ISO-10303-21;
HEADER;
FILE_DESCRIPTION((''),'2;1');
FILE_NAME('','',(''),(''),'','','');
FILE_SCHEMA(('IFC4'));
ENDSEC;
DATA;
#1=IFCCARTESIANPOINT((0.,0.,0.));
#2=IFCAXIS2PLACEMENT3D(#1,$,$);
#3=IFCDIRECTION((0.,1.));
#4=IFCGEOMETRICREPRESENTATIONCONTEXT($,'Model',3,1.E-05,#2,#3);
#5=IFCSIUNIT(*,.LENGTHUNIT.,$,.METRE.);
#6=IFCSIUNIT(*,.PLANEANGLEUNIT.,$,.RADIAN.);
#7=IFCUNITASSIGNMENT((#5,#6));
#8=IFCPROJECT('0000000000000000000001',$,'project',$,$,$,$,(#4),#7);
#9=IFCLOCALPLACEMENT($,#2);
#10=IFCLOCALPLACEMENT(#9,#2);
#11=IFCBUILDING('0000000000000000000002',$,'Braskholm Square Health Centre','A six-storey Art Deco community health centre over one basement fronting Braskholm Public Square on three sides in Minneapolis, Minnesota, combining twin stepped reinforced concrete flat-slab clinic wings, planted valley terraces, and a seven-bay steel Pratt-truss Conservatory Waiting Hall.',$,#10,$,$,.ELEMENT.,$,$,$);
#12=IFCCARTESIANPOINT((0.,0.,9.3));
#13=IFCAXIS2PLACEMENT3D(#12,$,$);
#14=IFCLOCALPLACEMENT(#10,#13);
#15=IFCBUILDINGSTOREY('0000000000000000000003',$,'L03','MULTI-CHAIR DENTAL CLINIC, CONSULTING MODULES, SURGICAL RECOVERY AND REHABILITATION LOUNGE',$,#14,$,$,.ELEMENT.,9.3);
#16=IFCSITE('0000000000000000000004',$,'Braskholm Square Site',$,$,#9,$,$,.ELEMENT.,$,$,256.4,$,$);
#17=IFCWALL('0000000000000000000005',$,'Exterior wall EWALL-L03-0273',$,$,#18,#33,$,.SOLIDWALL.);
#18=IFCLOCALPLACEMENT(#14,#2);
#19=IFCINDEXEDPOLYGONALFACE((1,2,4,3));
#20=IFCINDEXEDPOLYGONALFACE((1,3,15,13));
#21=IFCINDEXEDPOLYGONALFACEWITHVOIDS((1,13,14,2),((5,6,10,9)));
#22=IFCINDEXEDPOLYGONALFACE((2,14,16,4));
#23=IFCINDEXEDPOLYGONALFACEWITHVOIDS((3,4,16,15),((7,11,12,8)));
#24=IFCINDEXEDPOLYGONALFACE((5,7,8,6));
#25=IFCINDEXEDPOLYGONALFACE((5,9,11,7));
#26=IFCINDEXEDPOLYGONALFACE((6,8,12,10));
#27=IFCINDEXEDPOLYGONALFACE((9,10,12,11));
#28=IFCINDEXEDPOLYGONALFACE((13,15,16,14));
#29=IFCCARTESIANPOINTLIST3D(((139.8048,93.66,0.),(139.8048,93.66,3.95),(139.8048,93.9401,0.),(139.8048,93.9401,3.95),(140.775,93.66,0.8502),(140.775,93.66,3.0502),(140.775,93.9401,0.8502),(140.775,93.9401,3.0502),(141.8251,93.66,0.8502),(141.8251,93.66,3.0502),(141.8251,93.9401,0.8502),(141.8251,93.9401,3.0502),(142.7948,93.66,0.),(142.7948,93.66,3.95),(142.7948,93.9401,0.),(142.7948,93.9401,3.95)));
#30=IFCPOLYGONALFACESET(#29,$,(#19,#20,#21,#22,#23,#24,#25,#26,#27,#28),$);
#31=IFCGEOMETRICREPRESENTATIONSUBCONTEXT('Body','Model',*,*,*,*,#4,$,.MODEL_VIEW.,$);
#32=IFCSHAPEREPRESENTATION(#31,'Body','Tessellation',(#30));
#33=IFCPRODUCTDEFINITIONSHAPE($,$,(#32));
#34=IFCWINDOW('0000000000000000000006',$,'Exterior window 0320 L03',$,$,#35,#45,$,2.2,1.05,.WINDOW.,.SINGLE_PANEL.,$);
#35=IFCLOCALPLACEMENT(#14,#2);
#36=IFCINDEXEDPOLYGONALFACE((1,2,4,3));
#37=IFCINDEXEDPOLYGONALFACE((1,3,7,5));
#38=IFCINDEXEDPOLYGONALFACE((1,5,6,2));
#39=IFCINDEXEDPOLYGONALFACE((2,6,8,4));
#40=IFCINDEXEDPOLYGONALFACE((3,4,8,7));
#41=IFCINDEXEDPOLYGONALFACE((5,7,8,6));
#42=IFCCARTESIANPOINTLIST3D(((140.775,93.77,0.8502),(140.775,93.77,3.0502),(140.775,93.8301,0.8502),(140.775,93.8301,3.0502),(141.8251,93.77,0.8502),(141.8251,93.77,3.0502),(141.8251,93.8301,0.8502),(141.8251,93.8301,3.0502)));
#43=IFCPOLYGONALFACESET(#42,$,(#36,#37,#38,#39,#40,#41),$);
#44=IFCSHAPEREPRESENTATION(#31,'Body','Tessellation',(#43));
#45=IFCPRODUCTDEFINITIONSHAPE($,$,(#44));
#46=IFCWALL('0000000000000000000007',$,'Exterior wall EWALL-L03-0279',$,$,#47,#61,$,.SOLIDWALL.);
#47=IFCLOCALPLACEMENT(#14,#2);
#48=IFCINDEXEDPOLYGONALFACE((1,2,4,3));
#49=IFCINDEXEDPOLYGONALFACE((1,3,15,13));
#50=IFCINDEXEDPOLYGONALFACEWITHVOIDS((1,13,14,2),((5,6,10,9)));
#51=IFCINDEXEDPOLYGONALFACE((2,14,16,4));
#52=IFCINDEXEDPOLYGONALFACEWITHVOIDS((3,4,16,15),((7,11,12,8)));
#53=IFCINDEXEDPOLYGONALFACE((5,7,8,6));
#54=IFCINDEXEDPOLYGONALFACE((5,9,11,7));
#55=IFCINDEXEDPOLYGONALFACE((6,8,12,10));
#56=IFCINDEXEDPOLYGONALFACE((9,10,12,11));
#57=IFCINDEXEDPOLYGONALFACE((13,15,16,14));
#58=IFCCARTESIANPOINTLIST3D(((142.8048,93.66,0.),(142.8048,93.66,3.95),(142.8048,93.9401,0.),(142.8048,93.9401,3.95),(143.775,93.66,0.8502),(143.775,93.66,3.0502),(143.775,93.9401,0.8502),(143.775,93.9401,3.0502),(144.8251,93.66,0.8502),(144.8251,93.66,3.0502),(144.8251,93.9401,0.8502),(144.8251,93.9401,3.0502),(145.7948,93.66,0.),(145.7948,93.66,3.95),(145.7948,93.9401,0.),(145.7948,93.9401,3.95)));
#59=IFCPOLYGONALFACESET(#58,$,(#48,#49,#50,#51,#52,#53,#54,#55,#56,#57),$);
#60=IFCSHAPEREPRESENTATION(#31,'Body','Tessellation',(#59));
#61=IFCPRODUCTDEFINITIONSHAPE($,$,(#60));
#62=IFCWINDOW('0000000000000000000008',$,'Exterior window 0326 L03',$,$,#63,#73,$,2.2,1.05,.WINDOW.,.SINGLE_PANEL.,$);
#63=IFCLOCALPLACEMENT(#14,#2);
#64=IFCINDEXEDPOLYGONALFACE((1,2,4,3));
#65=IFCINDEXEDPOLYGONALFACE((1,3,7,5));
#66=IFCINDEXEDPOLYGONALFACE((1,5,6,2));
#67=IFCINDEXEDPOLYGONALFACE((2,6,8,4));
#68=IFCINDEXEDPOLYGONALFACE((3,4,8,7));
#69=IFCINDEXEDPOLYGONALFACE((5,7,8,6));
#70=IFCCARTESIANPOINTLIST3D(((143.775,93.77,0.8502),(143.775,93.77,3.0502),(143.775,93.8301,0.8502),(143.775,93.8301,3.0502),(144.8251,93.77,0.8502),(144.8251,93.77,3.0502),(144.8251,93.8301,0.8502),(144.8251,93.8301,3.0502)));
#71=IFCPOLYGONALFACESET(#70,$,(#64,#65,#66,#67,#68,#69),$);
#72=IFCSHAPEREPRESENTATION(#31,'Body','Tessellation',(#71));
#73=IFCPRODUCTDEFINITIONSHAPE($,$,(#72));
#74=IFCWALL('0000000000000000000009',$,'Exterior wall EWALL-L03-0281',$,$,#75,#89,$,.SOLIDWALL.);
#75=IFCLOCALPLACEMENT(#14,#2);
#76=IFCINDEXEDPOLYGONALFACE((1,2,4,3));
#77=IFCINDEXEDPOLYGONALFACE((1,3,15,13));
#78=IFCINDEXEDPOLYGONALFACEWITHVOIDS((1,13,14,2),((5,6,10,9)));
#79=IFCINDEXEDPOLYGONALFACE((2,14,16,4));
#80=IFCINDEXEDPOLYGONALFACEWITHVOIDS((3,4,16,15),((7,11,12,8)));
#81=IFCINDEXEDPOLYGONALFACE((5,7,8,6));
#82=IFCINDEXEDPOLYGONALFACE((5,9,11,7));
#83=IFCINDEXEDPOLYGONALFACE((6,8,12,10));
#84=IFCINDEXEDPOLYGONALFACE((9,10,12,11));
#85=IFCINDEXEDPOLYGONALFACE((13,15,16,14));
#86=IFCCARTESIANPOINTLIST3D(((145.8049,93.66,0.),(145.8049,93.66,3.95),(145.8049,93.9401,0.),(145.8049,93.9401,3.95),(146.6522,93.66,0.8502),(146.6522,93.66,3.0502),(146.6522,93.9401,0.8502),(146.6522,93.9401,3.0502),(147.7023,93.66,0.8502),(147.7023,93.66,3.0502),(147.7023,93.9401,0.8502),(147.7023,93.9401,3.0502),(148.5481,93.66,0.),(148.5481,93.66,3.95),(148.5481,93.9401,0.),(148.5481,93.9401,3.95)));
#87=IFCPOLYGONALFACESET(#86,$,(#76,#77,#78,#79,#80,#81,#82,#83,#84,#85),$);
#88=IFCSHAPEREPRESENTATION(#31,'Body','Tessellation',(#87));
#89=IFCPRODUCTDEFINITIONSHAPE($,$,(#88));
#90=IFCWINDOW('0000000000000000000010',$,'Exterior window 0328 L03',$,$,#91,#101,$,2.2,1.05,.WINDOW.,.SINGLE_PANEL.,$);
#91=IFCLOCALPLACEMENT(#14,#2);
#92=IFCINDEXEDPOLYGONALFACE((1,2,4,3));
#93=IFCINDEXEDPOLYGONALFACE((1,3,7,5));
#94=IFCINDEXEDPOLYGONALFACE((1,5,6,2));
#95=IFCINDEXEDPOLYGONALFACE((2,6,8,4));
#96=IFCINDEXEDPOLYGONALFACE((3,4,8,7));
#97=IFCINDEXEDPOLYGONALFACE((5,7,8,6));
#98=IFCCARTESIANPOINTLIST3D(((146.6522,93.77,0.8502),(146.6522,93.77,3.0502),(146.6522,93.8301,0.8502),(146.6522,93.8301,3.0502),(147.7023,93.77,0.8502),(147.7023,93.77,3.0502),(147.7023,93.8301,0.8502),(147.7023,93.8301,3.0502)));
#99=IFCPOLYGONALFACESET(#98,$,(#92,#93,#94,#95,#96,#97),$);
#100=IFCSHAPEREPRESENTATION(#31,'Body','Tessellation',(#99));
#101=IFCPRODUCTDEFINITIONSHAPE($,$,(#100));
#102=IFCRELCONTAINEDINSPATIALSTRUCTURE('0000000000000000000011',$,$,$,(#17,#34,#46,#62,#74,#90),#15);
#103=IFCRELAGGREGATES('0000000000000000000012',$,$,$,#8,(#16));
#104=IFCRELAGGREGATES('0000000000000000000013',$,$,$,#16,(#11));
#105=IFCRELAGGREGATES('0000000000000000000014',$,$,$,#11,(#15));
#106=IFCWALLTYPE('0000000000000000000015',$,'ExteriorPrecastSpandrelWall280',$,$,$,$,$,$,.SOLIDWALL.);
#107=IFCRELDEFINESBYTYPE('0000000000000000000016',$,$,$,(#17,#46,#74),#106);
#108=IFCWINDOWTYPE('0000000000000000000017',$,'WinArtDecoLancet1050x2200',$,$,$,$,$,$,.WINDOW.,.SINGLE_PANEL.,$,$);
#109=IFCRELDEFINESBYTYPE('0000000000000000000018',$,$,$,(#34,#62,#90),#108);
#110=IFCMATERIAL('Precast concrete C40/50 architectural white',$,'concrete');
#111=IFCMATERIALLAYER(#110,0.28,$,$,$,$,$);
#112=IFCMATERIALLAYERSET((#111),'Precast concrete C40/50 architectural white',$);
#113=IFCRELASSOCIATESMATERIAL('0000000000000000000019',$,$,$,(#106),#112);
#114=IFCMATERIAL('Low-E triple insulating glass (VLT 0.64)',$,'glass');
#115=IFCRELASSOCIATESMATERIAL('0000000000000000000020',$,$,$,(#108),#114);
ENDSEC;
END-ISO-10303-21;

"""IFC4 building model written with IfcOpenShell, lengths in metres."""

from ifc_helpers import new_model, si_unit, direction, frame, frame_2d, origin, origin_with_axes, place, context, subcontext, project, spatial, rectangle, extrude, material, layer, layer_set, type_object, element, fill, save


model = new_model("IFC4")

# Units and contexts
model_context = context("Model", 3, precision=1e-05, world=origin(), true_north=direction((0.0, 1.0)))
body_context = subcontext(model_context, "Body", "Model", "MODEL_VIEW")
ifc_project = project(units=[si_unit("LENGTHUNIT", "METRE"), si_unit("PLANEANGLEUNIT", "RADIAN")], contexts=[model_context])

# Site, building, storey
site_placement = place(None, origin())
site = spatial("IfcSite", under=ifc_project, at=site_placement, Name="Braskholm Square Site", CompositionType="ELEMENT", RefElevation=256.4)
building_placement = place(site_placement, origin())
building = spatial("IfcBuilding", under=site, at=building_placement, Name="Braskholm Square Health Centre", Description="A six-storey Art Deco community health centre over one basement fronting Braskholm Public Square on three sides in Minneapolis, Minnesota, combining twin stepped reinforced concrete flat-slab clinic wings, planted valley terraces, and a seven-bay steel Pratt-truss Conservatory Waiting Hall.", CompositionType="ELEMENT")
storey_placement = place(building_placement, frame((0.0, 0.0, 9.3)))
storey = spatial("IfcBuildingStorey", under=building, at=storey_placement, Name="L03", Description="MULTI-CHAIR DENTAL CLINIC, CONSULTING MODULES, SURGICAL RECOVERY AND REHABILITATION LOUNGE", CompositionType="ELEMENT", Elevation=9.3)

# Shared definitions
ifc_material_1 = material(Name="Low-E triple insulating glass (VLT 0.64)", Category="glass")

# Shared definitions
ifc_material_2 = material(Name="Precast concrete C40/50 architectural white", Category="concrete")

# Walls, openings, windows
ifc_layer = layer(ifc_material_2, 0.28)
ifc_layer_set = layer_set([ifc_layer], Name="Precast concrete C40/50 architectural white")
wall_type = type_object("IfcWallType", Name="ExteriorPrecastSpandrelWall280", PredefinedType="SOLIDWALL", material=ifc_layer_set)
wall_1_placement = place(storey_placement, frame((142.7949, 93.8, 0.0), z_axis=(0.0, 0.0, 1.0), x_axis=(-1.0, 0.0, 0.0)))
wall_1 = element("IfcWall", 1, at=wall_1_placement, inside=storey, type_object=wall_type, Name="Exterior wall EWALL-L03-0273", PredefinedType="SOLIDWALL", context=body_context, shape_type="SweptSolid", body=[
    extrude(rectangle(XDim=2.99, YDim=0.28, at=frame_2d((1.4951, 0.0))), origin(), (0.0, 0.0, 1.0), 3.95),
])
opening_1_placement = place(wall_1_placement, frame((0.97, 0.0, 0.8501)))
opening_1 = element("IfcOpeningElement", 2, at=opening_1_placement, cuts=wall_1, PredefinedType="OPENING", context=body_context, shape_type="SweptSolid", body=[
    extrude(rectangle(XDim=1.05, YDim=2.2, at=frame_2d((0.5249, 1.1001))), frame((0.0, 0.1499, 0.0), z_axis=(0.0, -1.0, 0.0), x_axis=(1.0, 0.0, 0.0)), (0.0, 0.0, 1.0), 0.3),
])
window_type = type_object("IfcWindowType", Name="WinArtDecoLancet1050x2200", PartitioningType="SINGLE_PANEL", PredefinedType="WINDOW", material=ifc_material_1)
window_1_placement = place(opening_1_placement, origin_with_axes())
window_1 = element("IfcWindow", 3, at=window_1_placement, inside=storey, type_object=window_type, Name="Exterior window 0320 L03", OverallHeight=2.2, OverallWidth=1.05, PartitioningType="SINGLE_PANEL", PredefinedType="WINDOW", context=body_context, shape_type="SweptSolid", body=[
    extrude(rectangle(XDim=1.05, YDim=2.2, at=frame_2d((0.5249, 1.1001))), frame((0.0, 0.03, 0.0), z_axis=(0.0, -1.0, 0.0), x_axis=(1.0, 0.0, 0.0)), (0.0, 0.0, 1.0), 0.0601),
])
fill(opening_1, window_1)
wall_2_placement = place(storey_placement, frame((145.7949, 93.8, 0.0), z_axis=(0.0, 0.0, 1.0), x_axis=(-1.0, 0.0, 0.0)))
wall_2 = element("IfcWall", 4, at=wall_2_placement, inside=storey, type_object=wall_type, Name="Exterior wall EWALL-L03-0279", PredefinedType="SOLIDWALL", context=body_context, shape_type="SweptSolid", body=[
    extrude(rectangle(XDim=2.99, YDim=0.28, at=frame_2d((1.4951, 0.0))), origin(), (0.0, 0.0, 1.0), 3.95),
])
opening_2_placement = place(wall_2_placement, frame((0.97, 0.0, 0.8501)))
opening_2 = element("IfcOpeningElement", 5, at=opening_2_placement, cuts=wall_2, PredefinedType="OPENING", context=body_context, shape_type="SweptSolid", body=[
    extrude(rectangle(XDim=1.05, YDim=2.2, at=frame_2d((0.5249, 1.1001))), frame((0.0, 0.1499, 0.0), z_axis=(0.0, -1.0, 0.0), x_axis=(1.0, 0.0, 0.0)), (0.0, 0.0, 1.0), 0.3),
])
window_2_placement = place(opening_2_placement, origin_with_axes())
window_2 = element("IfcWindow", 6, at=window_2_placement, inside=storey, type_object=window_type, Name="Exterior window 0326 L03", OverallHeight=2.2, OverallWidth=1.05, PartitioningType="SINGLE_PANEL", PredefinedType="WINDOW", context=body_context, shape_type="SweptSolid", body=[
    extrude(rectangle(XDim=1.05, YDim=2.2, at=frame_2d((0.5249, 1.1001))), frame((0.0, 0.03, 0.0), z_axis=(0.0, -1.0, 0.0), x_axis=(1.0, 0.0, 0.0)), (0.0, 0.0, 1.0), 0.0601),
])
fill(opening_2, window_2)
wall_3_placement = place(storey_placement, frame((148.5481, 93.8, 0.0), z_axis=(0.0, 0.0, 1.0), x_axis=(-1.0, 0.0, 0.0)))
wall_3 = element("IfcWall", 7, at=wall_3_placement, inside=storey, type_object=wall_type, Name="Exterior wall EWALL-L03-0281", PredefinedType="SOLIDWALL", context=body_context, shape_type="SweptSolid", body=[
    extrude(rectangle(XDim=2.7432, YDim=0.28, at=frame_2d((1.3716, 0.0))), origin(), (0.0, 0.0, 1.0), 3.95),
])
opening_3_placement = place(wall_3_placement, frame((0.8459, 0.0, 0.8501)))
opening_3 = element("IfcOpeningElement", 8, at=opening_3_placement, cuts=wall_3, PredefinedType="OPENING", context=body_context, shape_type="SweptSolid", body=[
    extrude(rectangle(XDim=1.05, YDim=2.2, at=frame_2d((0.5249, 1.1001))), frame((0.0, 0.1499, 0.0), z_axis=(0.0, -1.0, 0.0), x_axis=(1.0, 0.0, 0.0)), (0.0, 0.0, 1.0), 0.3),
])
window_3_placement = place(opening_3_placement, origin_with_axes())
window_3 = element("IfcWindow", 9, at=window_3_placement, inside=storey, type_object=window_type, Name="Exterior window 0328 L03", OverallHeight=2.2, OverallWidth=1.05, PartitioningType="SINGLE_PANEL", PredefinedType="WINDOW", context=body_context, shape_type="SweptSolid", body=[
    extrude(rectangle(XDim=1.05, YDim=2.2, at=frame_2d((0.5249, 1.1001))), frame((0.0, 0.03, 0.0), z_axis=(0.0, -1.0, 0.0), x_axis=(1.0, 0.0, 0.0)), (0.0, 0.0, 1.0), 0.0601),
])
fill(opening_3, window_3)

save(model, "model.ifc")
